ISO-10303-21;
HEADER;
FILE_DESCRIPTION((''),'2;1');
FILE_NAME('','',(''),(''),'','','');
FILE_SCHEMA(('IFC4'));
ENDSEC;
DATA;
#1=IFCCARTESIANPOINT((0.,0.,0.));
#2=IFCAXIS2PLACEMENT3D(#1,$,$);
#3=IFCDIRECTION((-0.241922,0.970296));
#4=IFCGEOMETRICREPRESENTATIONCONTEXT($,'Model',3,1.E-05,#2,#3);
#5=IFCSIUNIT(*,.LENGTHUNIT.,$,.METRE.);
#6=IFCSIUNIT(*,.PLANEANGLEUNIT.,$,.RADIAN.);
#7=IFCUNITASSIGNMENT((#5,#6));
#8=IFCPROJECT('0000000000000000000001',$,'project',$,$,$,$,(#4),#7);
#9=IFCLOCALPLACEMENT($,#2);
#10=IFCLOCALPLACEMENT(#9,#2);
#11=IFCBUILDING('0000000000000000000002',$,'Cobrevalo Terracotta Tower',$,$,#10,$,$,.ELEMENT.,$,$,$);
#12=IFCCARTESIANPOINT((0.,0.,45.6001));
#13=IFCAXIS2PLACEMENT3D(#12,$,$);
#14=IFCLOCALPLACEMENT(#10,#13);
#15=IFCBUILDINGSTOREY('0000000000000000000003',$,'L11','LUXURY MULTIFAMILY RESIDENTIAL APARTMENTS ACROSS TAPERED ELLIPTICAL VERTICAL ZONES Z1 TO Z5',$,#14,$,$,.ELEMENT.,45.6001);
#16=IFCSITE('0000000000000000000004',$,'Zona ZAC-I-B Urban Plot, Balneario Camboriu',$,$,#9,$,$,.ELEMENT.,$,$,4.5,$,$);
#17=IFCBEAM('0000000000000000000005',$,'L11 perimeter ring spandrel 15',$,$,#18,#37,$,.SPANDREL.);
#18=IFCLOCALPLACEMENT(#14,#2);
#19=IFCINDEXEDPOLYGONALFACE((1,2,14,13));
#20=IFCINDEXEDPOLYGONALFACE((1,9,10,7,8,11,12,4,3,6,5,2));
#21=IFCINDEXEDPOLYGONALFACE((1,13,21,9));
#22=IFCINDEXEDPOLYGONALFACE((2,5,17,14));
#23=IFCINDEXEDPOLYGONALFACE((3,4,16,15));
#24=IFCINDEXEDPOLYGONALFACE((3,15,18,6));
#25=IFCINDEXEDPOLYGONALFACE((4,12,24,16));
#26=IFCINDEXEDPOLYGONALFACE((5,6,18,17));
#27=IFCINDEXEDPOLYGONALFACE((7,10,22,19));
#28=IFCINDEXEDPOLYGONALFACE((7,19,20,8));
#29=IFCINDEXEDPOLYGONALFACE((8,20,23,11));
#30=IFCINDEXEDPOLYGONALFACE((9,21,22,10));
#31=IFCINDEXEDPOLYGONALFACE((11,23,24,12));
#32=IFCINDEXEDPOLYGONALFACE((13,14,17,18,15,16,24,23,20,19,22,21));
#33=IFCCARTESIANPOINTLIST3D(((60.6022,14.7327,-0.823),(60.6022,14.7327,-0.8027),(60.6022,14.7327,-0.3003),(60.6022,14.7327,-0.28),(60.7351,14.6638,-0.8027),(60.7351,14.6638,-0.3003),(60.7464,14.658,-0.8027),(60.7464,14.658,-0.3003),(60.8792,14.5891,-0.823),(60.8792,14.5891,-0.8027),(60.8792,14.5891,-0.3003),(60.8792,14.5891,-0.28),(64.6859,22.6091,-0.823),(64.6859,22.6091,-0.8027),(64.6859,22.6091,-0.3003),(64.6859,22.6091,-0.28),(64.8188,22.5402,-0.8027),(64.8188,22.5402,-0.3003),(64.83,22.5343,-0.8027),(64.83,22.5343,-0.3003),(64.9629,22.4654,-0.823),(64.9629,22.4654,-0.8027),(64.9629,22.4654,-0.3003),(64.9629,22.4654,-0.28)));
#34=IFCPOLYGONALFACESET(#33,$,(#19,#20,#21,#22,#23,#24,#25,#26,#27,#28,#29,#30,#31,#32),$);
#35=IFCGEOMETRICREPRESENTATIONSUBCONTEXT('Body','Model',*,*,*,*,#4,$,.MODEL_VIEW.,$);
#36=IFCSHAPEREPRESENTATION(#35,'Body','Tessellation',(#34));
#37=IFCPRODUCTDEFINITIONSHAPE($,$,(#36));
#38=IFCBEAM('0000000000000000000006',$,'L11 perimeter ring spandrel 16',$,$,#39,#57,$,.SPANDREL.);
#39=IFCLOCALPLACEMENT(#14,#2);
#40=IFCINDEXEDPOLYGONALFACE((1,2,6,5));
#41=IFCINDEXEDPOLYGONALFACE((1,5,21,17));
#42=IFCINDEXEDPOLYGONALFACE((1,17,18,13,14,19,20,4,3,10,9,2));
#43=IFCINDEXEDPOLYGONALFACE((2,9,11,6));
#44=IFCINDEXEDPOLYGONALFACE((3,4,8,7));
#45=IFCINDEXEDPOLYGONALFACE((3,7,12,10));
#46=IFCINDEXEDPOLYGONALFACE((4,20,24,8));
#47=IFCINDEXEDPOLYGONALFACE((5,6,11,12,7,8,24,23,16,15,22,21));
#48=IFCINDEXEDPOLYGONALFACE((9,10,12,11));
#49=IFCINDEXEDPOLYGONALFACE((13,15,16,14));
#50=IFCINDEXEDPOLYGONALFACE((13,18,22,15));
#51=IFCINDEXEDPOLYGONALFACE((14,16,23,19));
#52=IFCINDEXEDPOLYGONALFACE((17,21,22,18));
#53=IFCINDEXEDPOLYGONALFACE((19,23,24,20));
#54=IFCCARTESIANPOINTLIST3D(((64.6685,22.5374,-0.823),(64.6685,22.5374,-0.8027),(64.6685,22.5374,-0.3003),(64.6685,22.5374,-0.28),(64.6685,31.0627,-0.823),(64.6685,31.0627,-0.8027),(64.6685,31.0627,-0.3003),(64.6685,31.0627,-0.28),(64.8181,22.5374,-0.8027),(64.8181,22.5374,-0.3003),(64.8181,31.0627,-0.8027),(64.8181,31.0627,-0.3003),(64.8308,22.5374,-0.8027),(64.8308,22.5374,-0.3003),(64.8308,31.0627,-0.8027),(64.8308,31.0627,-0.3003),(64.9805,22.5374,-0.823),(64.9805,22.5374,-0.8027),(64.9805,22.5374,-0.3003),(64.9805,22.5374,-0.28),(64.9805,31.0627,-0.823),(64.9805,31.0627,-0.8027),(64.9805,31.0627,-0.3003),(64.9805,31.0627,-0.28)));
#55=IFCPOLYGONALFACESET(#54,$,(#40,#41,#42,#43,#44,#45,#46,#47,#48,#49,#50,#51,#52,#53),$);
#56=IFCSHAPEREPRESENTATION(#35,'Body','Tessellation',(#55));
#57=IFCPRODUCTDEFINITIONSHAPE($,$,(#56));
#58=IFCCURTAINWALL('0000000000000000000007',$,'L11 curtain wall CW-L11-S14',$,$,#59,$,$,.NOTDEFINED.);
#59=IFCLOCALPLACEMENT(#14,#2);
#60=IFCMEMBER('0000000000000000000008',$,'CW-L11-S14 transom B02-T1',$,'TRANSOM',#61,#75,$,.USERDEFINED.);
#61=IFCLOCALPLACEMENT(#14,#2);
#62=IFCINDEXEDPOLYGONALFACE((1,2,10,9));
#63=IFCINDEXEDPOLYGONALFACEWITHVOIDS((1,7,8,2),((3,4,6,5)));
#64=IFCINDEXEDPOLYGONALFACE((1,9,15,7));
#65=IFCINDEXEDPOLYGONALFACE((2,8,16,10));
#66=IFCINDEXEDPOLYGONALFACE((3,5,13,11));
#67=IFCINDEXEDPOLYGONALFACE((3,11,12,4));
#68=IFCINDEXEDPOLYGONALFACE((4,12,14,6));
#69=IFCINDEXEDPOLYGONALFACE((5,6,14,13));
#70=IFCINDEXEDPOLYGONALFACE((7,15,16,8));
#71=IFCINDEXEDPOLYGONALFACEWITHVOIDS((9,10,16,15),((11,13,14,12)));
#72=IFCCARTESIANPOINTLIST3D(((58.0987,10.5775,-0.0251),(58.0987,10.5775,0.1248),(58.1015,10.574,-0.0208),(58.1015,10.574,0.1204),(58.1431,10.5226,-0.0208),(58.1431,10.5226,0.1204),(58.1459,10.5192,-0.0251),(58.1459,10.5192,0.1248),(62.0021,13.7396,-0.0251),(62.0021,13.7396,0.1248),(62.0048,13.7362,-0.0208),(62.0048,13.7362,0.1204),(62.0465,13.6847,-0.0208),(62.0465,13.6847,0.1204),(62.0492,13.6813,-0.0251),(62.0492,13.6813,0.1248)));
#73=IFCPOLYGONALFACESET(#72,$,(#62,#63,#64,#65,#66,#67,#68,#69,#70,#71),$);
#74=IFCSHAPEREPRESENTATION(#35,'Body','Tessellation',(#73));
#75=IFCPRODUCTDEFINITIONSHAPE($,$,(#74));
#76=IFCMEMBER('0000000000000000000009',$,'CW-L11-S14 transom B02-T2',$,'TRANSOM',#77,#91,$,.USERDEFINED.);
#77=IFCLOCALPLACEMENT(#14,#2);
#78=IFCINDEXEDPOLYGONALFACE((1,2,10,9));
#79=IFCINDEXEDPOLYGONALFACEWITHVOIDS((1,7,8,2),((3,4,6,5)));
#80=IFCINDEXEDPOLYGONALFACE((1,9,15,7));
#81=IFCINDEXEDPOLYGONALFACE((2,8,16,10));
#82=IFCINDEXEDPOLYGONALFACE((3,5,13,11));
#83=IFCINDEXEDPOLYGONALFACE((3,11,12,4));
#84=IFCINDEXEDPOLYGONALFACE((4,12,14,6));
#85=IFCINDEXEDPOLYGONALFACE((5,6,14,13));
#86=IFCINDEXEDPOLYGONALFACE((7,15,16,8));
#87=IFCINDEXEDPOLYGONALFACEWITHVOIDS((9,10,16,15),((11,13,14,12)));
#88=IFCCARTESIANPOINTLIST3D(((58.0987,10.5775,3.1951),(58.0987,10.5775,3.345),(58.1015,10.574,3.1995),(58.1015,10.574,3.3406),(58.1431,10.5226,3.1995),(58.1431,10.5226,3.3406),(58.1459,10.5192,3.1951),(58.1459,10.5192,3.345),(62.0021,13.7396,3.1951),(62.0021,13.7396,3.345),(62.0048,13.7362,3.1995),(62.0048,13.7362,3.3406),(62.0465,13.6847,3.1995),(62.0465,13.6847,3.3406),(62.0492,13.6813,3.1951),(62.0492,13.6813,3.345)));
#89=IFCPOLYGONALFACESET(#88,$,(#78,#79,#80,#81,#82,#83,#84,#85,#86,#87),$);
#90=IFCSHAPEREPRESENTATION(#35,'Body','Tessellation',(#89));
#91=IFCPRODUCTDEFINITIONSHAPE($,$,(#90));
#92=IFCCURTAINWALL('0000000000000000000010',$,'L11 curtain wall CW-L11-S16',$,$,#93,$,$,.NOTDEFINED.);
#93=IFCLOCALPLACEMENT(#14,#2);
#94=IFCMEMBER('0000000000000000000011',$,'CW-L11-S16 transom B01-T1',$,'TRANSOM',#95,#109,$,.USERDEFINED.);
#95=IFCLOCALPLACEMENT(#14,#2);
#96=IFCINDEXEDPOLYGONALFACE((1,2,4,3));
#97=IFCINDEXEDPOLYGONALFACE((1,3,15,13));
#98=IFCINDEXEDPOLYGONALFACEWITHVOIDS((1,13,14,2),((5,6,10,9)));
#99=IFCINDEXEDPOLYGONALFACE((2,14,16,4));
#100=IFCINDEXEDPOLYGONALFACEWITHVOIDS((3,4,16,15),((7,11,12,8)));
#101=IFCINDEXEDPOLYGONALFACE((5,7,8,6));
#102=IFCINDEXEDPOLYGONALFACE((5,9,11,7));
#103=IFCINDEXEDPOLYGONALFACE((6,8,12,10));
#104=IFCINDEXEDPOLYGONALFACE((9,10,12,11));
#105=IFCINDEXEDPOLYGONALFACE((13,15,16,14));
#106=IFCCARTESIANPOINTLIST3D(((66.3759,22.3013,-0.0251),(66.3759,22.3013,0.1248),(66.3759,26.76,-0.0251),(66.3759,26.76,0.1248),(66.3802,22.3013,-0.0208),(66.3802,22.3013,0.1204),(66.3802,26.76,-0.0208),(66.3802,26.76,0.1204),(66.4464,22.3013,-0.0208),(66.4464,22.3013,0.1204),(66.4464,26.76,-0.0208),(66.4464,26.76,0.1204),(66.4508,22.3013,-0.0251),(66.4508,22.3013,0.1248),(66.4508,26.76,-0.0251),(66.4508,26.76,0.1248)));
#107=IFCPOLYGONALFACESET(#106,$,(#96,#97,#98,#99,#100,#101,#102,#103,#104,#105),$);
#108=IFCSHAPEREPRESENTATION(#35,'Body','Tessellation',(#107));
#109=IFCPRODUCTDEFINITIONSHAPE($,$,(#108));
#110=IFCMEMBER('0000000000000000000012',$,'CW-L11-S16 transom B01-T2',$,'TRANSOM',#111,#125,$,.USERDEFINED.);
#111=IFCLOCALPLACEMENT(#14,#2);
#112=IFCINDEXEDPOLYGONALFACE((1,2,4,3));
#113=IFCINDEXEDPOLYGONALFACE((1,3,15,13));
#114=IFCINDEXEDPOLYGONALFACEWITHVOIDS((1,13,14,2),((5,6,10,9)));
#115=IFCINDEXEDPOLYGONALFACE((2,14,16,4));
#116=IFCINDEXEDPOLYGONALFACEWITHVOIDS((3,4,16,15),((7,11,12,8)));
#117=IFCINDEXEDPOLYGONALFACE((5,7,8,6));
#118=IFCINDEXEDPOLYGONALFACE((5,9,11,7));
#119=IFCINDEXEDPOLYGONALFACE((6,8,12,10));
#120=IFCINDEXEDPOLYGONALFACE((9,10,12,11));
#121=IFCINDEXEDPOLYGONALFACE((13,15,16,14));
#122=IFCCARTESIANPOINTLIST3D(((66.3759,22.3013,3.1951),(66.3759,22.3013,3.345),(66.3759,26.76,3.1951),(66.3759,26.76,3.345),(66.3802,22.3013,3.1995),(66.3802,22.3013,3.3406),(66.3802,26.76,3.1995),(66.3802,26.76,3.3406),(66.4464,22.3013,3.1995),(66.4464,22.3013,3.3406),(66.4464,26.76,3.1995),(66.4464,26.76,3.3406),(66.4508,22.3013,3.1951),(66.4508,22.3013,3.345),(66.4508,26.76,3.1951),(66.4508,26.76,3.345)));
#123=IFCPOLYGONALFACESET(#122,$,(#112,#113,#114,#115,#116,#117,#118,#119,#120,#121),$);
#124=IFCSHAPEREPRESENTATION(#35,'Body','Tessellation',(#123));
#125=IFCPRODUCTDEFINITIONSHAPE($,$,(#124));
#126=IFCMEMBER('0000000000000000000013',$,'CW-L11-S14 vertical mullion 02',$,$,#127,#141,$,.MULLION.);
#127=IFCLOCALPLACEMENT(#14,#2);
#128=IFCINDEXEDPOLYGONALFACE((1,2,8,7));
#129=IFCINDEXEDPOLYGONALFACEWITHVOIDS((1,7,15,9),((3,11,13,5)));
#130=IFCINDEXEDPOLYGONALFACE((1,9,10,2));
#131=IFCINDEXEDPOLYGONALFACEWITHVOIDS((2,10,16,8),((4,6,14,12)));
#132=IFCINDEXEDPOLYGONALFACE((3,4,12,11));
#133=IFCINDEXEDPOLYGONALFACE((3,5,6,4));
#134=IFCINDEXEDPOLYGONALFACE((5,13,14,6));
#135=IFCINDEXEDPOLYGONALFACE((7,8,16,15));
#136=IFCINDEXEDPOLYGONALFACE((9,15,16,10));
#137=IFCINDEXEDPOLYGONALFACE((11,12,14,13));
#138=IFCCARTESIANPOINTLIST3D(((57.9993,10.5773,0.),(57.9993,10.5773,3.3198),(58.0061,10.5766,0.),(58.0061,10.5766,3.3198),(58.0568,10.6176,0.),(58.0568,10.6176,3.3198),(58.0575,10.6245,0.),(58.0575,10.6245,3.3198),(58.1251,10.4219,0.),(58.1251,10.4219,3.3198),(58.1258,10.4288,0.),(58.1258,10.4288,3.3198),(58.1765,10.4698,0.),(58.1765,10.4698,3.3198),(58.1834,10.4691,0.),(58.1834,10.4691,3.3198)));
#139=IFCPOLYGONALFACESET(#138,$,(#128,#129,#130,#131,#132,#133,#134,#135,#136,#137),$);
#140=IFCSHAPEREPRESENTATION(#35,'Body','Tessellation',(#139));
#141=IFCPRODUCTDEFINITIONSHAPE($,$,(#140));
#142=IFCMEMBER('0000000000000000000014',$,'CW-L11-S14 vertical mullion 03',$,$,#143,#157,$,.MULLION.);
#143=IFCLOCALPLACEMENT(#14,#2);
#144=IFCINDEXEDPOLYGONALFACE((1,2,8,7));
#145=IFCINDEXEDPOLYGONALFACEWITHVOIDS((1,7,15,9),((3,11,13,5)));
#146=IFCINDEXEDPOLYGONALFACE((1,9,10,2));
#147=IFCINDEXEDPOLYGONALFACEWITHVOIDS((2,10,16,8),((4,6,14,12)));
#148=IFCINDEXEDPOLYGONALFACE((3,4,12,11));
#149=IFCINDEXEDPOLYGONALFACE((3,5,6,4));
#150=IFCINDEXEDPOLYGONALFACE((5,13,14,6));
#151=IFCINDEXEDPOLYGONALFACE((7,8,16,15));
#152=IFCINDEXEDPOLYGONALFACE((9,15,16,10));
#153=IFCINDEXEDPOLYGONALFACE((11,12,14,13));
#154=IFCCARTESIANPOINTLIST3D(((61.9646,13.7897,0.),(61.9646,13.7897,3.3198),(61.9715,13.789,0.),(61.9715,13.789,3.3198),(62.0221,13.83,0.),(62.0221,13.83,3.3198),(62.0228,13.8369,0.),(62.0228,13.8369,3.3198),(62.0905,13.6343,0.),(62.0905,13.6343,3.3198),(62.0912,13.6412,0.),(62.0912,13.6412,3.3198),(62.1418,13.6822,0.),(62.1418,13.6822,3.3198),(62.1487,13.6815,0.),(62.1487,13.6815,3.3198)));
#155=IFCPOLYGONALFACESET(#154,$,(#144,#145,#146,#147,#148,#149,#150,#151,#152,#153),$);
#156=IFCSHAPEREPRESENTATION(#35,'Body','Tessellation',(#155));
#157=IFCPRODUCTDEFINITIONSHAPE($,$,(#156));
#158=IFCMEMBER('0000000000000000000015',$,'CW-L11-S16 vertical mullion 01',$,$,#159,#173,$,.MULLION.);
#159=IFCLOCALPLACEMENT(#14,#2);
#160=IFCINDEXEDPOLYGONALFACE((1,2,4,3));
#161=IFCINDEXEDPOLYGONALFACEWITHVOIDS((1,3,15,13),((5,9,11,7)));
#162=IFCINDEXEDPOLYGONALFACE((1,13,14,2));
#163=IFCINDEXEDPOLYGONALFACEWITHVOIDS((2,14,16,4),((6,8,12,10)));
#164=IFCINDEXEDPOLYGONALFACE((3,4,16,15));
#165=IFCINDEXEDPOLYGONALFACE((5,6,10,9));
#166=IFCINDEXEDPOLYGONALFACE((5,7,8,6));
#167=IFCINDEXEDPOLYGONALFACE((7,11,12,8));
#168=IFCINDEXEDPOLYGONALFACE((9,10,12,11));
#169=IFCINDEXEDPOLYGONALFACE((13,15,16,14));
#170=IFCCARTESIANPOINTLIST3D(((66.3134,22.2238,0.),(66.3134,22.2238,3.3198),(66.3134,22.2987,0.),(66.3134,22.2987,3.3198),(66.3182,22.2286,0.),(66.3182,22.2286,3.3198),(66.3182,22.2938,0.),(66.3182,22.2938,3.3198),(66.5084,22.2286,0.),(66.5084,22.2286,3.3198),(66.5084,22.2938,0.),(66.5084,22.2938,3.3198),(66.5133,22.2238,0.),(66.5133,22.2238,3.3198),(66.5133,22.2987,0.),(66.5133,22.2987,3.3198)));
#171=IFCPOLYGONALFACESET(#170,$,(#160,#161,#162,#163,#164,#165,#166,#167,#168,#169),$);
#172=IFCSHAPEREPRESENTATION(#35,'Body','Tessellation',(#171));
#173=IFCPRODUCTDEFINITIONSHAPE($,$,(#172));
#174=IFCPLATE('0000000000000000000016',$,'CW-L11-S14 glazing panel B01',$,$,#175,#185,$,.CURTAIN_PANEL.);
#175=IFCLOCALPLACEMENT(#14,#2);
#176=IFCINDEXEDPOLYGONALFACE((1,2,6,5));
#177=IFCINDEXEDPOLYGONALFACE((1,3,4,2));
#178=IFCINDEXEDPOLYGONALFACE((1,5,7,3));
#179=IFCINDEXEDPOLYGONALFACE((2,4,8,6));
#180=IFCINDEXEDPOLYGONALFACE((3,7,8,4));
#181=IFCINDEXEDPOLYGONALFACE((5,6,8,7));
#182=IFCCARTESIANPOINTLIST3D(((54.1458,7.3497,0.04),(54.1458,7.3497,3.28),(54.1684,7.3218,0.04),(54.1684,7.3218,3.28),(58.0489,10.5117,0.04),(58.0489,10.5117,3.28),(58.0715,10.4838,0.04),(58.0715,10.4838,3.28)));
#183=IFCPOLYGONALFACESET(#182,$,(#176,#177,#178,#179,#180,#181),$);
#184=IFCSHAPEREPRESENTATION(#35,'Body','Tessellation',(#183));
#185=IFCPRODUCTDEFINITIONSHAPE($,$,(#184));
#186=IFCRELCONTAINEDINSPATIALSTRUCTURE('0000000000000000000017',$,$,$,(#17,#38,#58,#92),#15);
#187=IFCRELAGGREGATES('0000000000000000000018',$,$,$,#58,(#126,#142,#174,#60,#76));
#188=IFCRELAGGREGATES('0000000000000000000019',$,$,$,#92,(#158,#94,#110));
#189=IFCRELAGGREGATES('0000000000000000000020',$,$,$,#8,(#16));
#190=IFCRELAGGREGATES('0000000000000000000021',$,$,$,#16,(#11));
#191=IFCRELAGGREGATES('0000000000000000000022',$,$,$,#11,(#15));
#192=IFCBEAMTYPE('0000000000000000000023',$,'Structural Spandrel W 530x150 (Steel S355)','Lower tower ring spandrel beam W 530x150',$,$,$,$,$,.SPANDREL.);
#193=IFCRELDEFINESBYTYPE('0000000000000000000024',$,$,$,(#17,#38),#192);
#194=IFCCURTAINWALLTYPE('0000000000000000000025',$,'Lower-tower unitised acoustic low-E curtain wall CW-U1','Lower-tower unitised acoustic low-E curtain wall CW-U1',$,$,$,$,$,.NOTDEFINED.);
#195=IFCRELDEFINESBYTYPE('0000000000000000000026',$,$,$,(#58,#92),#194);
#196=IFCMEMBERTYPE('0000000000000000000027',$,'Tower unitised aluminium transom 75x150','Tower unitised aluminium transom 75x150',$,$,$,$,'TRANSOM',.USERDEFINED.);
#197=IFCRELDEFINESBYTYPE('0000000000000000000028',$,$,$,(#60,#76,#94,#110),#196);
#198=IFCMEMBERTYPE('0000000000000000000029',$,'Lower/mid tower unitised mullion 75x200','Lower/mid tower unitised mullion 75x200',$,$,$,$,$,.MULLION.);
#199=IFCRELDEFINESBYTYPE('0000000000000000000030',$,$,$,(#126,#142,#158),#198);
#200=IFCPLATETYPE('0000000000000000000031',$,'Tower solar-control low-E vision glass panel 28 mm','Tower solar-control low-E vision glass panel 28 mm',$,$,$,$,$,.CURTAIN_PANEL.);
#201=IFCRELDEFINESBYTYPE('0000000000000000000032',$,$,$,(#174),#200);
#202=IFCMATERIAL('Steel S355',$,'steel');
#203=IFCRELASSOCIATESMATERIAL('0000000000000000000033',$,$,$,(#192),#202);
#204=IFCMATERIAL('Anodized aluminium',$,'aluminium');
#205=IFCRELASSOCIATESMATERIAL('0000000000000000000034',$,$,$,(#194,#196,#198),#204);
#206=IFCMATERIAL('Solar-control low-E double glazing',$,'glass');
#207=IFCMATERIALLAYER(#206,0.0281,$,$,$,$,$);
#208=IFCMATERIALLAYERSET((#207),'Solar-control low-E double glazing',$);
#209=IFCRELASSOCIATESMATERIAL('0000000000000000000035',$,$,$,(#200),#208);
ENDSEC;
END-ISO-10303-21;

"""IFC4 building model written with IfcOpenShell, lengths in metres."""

from ifc_helpers import new_model, si_unit, direction, frame, origin, origin_2d, place, context, subcontext, project, spatial, rectangle, hollow_rectangle, i_section, extrude, source, transform, mapped, material, layer, layer_set, material_profile, profile_set, type_object, element, aggregate, save


model = new_model("IFC4")

# Units and contexts
model_context = context("Model", 3, precision=1e-05, world=origin(), true_north=direction((-0.241922, 0.970296)))
body_context = subcontext(model_context, "Body", "Model", "MODEL_VIEW")
ifc_project = project(units=[si_unit("LENGTHUNIT", "METRE"), si_unit("PLANEANGLEUNIT", "RADIAN")], contexts=[model_context])

# Site, building, storey
site_placement = place(None, origin())
site = spatial("IfcSite", under=ifc_project, at=site_placement, Name="Zona ZAC-I-B Urban Plot, Balneario Camboriu", CompositionType="ELEMENT", RefElevation=4.5)
building_placement = place(site_placement, origin())
building = spatial("IfcBuilding", under=site, at=building_placement, Name="Cobrevalo Terracotta Tower", CompositionType="ELEMENT")
storey_placement = place(building_placement, frame((0.0, 0.0, 45.6001)))
storey = spatial("IfcBuildingStorey", under=building, at=storey_placement, Name="L11", Description="LUXURY MULTIFAMILY RESIDENTIAL APARTMENTS ACROSS TAPERED ELLIPTICAL VERTICAL ZONES Z1 TO Z5", CompositionType="ELEMENT", Elevation=45.6001)

# Shared definitions
ifc_material_1 = material(Name="Steel S355", Category="steel")

# Beams
ifc_material_profile_1 = material_profile(ifc_material_1, i_section(OverallWidth=0.312, OverallDepth=0.543, WebThickness=0.0127, FlangeThickness=0.0203, at=origin_2d()), Name="W 530x150")
ifc_profile_set_1 = profile_set([ifc_material_profile_1], Name="Steel S355")
beam_type_1 = type_object("IfcBeamType", Name="Structural Spandrel W 530x150 (Steel S355)", Description="Lower tower ring spandrel beam W 530x150", PredefinedType="SPANDREL", material=ifc_profile_set_1)
beam_1_placement = place(storey_placement, frame((60.7407, 14.6609, -0.5515), z_axis=(0.460286, 0.887771, 0.0), x_axis=(-0.887771, 0.460286, 0.0)))
element("IfcBeam", 1, at=beam_1_placement, inside=storey, type_object=beam_type_1, Name="L11 perimeter ring spandrel 15", PredefinedType="SPANDREL", context=body_context, shape_type="SweptSolid", body=[
    extrude(i_section(OverallWidth=0.312, OverallDepth=0.543, WebThickness=0.0127, FlangeThickness=0.0203, at=origin_2d()), origin(), (0.0, 0.0, 1.0), 8.8721),
])
beam_2_placement = place(storey_placement, frame((64.8245, 22.5374, -0.5515), z_axis=(0.0, 1.0, 0.0), x_axis=(-1.0, 0.0, 0.0)))
element("IfcBeam", 2, at=beam_2_placement, inside=storey, type_object=beam_type_1, Name="L11 perimeter ring spandrel 16", PredefinedType="SPANDREL", context=body_context, shape_type="SweptSolid", body=[
    extrude(i_section(OverallWidth=0.312, OverallDepth=0.543, WebThickness=0.0127, FlangeThickness=0.0203, at=origin_2d()), origin(), (0.0, 0.0, 1.0), 8.5254),
])

# Curtain walls, members
ifc_material_2 = material(Name="Anodized aluminium", Category="aluminium")
curtain_wall_type = type_object("IfcCurtainWallType", Name="Lower-tower unitised acoustic low-E curtain wall CW-U1", Description="Lower-tower unitised acoustic low-E curtain wall CW-U1", PredefinedType="NOTDEFINED", material=ifc_material_2)
curtain_wall_1_placement = place(storey_placement, origin())
curtain_wall_1 = element("IfcCurtainWall", 3, at=curtain_wall_1_placement, inside=storey, type_object=curtain_wall_type, Name="L11 curtain wall CW-L11-S14", PredefinedType="NOTDEFINED")
ifc_material_profile_2 = material_profile(ifc_material_2, hollow_rectangle(XDim=0.075, YDim=0.1499, WallThickness=0.0044, at=origin_2d()), Name="CWT 75x150")
ifc_profile_set_2 = profile_set([ifc_material_profile_2], Name="Anodized aluminium")
member_type_1 = type_object("IfcMemberType", Name="Tower unitised aluminium transom 75x150", Description="Tower unitised aluminium transom 75x150", ElementType="TRANSOM", PredefinedType="USERDEFINED", material=ifc_profile_set_2)
shared_shape_1 = source(origin(), body_context, "Body", "SweptSolid", [
    extrude(hollow_rectangle(XDim=0.075, YDim=0.1499, WallThickness=0.0044, at=origin_2d()), origin(), (0.0, 0.0, 1.0), 5.0234),
])
member_1_placement = place(storey_placement, frame((58.1223, 10.5483, 0.0498), z_axis=(0.777023, 0.629472, 0.0), x_axis=(-0.629472, 0.777023, 0.0)))
member_1 = element("IfcMember", 4, at=member_1_placement, type_object=member_type_1, Name="CW-L11-S14 transom B02-T1", ObjectType="TRANSOM", PredefinedType="USERDEFINED", context=body_context, shape_type="MappedRepresentation", body=[
    mapped(shared_shape_1, transform((0.0, 0.0, 0.0), scale=1.0)),
])
member_2_placement = place(storey_placement, frame((58.1223, 10.5483, 3.27), z_axis=(0.777023, 0.629472, 0.0), x_axis=(-0.629472, 0.777023, 0.0)))
member_2 = element("IfcMember", 5, at=member_2_placement, type_object=member_type_1, Name="CW-L11-S14 transom B02-T2", ObjectType="TRANSOM", PredefinedType="USERDEFINED", context=body_context, shape_type="MappedRepresentation", body=[
    mapped(shared_shape_1, transform((0.0, 0.0, 0.0), scale=1.0)),
])
curtain_wall_2_placement = place(storey_placement, origin())
curtain_wall_2 = element("IfcCurtainWall", 6, at=curtain_wall_2_placement, inside=storey, type_object=curtain_wall_type, Name="L11 curtain wall CW-L11-S16", PredefinedType="NOTDEFINED")
shared_shape_2 = source(origin(), body_context, "Body", "SweptSolid", [
    extrude(hollow_rectangle(XDim=0.075, YDim=0.1499, WallThickness=0.0044, at=origin_2d()), origin(), (0.0, 0.0, 1.0), 4.4587),
])
member_3_placement = place(storey_placement, frame((66.4133, 22.3013, 0.0498), z_axis=(0.0, 1.0, 0.0), x_axis=(-1.0, 0.0, 0.0)))
member_3 = element("IfcMember", 7, at=member_3_placement, type_object=member_type_1, Name="CW-L11-S16 transom B01-T1", ObjectType="TRANSOM", PredefinedType="USERDEFINED", context=body_context, shape_type="MappedRepresentation", body=[
    mapped(shared_shape_2, transform((0.0, 0.0, 0.0), scale=1.0)),
])
member_4_placement = place(storey_placement, frame((66.4133, 22.3013, 3.27), z_axis=(0.0, 1.0, 0.0), x_axis=(-1.0, 0.0, 0.0)))
member_4 = element("IfcMember", 8, at=member_4_placement, type_object=member_type_1, Name="CW-L11-S16 transom B01-T2", ObjectType="TRANSOM", PredefinedType="USERDEFINED", context=body_context, shape_type="MappedRepresentation", body=[
    mapped(shared_shape_2, transform((0.0, 0.0, 0.0), scale=1.0)),
])

# Members
ifc_material_profile_3 = material_profile(ifc_material_2, hollow_rectangle(XDim=0.075, YDim=0.2, WallThickness=0.0049, at=origin_2d()), Name="CWM 75x200")
ifc_profile_set_3 = profile_set([ifc_material_profile_3], Name="Anodized aluminium")
member_type_2 = type_object("IfcMemberType", Name="Lower/mid tower unitised mullion 75x200", Description="Lower/mid tower unitised mullion 75x200", PredefinedType="MULLION", material=ifc_profile_set_3)
shared_shape_3 = source(origin(), body_context, "Body", "SweptSolid", [
    extrude(hollow_rectangle(XDim=0.075, YDim=0.2, WallThickness=0.0049, at=origin_2d()), origin(), (0.0, 0.0, 1.0), 3.3198),
])
member_5_placement = place(storey_placement, frame((58.0913, 10.5232, 0.0), z_axis=(0.0, 0.0, 1.0), x_axis=(0.777003, 0.629497, 0.0)))
member_5 = element("IfcMember", 9, at=member_5_placement, type_object=member_type_2, Name="CW-L11-S14 vertical mullion 02", PredefinedType="MULLION", context=body_context, shape_type="MappedRepresentation", body=[
    mapped(shared_shape_3, transform((0.0, 0.0, 0.0), scale=1.0)),
])
member_6_placement = place(storey_placement, frame((62.0566, 13.7356, 0.0), z_axis=(0.0, 0.0, 1.0), x_axis=(0.777003, 0.629497, 0.0)))
member_6 = element("IfcMember", 10, at=member_6_placement, type_object=member_type_2, Name="CW-L11-S14 vertical mullion 03", PredefinedType="MULLION", context=body_context, shape_type="MappedRepresentation", body=[
    mapped(shared_shape_3, transform((0.0, 0.0, 0.0), scale=1.0)),
])
member_7_placement = place(storey_placement, frame((66.4133, 22.2612, 0.0), z_axis=(0.0, 0.0, 1.0), x_axis=(0.0, 1.0, 0.0)))
member_7 = element("IfcMember", 11, at=member_7_placement, type_object=member_type_2, Name="CW-L11-S16 vertical mullion 01", PredefinedType="MULLION", context=body_context, shape_type="MappedRepresentation", body=[
    mapped(shared_shape_3, transform((0.0, 0.0, 0.0), scale=1.0)),
])

# Plate
ifc_material_3 = material(Name="Solar-control low-E double glazing", Category="glass")
ifc_layer_1 = layer(ifc_material_3, 0.0281)
ifc_layer_set_1 = layer_set([ifc_layer_1], Name="Solar-control low-E double glazing")
plate_type = type_object("IfcPlateType", Name="Tower solar-control low-E vision glass panel 28 mm", Description="Tower solar-control low-E vision glass panel 28 mm", PredefinedType="CURTAIN_PANEL", material=ifc_layer_set_1)
shared_shape_4 = source(origin(), body_context, "Body", "SweptSolid", [
    extrude(rectangle(XDim=5.0232, YDim=0.0359, at=origin_2d()), origin(), (0.0, 0.0, 1.0), 3.24),
])
plate_1_placement = place(storey_placement, frame((56.1086, 8.9167, 0.04), z_axis=(0.0, 0.0, 1.0), x_axis=(0.777008, 0.629491, 0.0)))
plate_1 = element("IfcPlate", 12, at=plate_1_placement, type_object=plate_type, Name="CW-L11-S14 glazing panel B01", PredefinedType="CURTAIN_PANEL", context=body_context, shape_type="MappedRepresentation", body=[
    mapped(shared_shape_4, transform((0.0, 0.0, 0.0), scale=1.0)),
])
aggregate(curtain_wall_1, [member_5, member_6, plate_1, member_1, member_2])
aggregate(curtain_wall_2, [member_7, member_3, member_4])

save(model, "model.ifc")
